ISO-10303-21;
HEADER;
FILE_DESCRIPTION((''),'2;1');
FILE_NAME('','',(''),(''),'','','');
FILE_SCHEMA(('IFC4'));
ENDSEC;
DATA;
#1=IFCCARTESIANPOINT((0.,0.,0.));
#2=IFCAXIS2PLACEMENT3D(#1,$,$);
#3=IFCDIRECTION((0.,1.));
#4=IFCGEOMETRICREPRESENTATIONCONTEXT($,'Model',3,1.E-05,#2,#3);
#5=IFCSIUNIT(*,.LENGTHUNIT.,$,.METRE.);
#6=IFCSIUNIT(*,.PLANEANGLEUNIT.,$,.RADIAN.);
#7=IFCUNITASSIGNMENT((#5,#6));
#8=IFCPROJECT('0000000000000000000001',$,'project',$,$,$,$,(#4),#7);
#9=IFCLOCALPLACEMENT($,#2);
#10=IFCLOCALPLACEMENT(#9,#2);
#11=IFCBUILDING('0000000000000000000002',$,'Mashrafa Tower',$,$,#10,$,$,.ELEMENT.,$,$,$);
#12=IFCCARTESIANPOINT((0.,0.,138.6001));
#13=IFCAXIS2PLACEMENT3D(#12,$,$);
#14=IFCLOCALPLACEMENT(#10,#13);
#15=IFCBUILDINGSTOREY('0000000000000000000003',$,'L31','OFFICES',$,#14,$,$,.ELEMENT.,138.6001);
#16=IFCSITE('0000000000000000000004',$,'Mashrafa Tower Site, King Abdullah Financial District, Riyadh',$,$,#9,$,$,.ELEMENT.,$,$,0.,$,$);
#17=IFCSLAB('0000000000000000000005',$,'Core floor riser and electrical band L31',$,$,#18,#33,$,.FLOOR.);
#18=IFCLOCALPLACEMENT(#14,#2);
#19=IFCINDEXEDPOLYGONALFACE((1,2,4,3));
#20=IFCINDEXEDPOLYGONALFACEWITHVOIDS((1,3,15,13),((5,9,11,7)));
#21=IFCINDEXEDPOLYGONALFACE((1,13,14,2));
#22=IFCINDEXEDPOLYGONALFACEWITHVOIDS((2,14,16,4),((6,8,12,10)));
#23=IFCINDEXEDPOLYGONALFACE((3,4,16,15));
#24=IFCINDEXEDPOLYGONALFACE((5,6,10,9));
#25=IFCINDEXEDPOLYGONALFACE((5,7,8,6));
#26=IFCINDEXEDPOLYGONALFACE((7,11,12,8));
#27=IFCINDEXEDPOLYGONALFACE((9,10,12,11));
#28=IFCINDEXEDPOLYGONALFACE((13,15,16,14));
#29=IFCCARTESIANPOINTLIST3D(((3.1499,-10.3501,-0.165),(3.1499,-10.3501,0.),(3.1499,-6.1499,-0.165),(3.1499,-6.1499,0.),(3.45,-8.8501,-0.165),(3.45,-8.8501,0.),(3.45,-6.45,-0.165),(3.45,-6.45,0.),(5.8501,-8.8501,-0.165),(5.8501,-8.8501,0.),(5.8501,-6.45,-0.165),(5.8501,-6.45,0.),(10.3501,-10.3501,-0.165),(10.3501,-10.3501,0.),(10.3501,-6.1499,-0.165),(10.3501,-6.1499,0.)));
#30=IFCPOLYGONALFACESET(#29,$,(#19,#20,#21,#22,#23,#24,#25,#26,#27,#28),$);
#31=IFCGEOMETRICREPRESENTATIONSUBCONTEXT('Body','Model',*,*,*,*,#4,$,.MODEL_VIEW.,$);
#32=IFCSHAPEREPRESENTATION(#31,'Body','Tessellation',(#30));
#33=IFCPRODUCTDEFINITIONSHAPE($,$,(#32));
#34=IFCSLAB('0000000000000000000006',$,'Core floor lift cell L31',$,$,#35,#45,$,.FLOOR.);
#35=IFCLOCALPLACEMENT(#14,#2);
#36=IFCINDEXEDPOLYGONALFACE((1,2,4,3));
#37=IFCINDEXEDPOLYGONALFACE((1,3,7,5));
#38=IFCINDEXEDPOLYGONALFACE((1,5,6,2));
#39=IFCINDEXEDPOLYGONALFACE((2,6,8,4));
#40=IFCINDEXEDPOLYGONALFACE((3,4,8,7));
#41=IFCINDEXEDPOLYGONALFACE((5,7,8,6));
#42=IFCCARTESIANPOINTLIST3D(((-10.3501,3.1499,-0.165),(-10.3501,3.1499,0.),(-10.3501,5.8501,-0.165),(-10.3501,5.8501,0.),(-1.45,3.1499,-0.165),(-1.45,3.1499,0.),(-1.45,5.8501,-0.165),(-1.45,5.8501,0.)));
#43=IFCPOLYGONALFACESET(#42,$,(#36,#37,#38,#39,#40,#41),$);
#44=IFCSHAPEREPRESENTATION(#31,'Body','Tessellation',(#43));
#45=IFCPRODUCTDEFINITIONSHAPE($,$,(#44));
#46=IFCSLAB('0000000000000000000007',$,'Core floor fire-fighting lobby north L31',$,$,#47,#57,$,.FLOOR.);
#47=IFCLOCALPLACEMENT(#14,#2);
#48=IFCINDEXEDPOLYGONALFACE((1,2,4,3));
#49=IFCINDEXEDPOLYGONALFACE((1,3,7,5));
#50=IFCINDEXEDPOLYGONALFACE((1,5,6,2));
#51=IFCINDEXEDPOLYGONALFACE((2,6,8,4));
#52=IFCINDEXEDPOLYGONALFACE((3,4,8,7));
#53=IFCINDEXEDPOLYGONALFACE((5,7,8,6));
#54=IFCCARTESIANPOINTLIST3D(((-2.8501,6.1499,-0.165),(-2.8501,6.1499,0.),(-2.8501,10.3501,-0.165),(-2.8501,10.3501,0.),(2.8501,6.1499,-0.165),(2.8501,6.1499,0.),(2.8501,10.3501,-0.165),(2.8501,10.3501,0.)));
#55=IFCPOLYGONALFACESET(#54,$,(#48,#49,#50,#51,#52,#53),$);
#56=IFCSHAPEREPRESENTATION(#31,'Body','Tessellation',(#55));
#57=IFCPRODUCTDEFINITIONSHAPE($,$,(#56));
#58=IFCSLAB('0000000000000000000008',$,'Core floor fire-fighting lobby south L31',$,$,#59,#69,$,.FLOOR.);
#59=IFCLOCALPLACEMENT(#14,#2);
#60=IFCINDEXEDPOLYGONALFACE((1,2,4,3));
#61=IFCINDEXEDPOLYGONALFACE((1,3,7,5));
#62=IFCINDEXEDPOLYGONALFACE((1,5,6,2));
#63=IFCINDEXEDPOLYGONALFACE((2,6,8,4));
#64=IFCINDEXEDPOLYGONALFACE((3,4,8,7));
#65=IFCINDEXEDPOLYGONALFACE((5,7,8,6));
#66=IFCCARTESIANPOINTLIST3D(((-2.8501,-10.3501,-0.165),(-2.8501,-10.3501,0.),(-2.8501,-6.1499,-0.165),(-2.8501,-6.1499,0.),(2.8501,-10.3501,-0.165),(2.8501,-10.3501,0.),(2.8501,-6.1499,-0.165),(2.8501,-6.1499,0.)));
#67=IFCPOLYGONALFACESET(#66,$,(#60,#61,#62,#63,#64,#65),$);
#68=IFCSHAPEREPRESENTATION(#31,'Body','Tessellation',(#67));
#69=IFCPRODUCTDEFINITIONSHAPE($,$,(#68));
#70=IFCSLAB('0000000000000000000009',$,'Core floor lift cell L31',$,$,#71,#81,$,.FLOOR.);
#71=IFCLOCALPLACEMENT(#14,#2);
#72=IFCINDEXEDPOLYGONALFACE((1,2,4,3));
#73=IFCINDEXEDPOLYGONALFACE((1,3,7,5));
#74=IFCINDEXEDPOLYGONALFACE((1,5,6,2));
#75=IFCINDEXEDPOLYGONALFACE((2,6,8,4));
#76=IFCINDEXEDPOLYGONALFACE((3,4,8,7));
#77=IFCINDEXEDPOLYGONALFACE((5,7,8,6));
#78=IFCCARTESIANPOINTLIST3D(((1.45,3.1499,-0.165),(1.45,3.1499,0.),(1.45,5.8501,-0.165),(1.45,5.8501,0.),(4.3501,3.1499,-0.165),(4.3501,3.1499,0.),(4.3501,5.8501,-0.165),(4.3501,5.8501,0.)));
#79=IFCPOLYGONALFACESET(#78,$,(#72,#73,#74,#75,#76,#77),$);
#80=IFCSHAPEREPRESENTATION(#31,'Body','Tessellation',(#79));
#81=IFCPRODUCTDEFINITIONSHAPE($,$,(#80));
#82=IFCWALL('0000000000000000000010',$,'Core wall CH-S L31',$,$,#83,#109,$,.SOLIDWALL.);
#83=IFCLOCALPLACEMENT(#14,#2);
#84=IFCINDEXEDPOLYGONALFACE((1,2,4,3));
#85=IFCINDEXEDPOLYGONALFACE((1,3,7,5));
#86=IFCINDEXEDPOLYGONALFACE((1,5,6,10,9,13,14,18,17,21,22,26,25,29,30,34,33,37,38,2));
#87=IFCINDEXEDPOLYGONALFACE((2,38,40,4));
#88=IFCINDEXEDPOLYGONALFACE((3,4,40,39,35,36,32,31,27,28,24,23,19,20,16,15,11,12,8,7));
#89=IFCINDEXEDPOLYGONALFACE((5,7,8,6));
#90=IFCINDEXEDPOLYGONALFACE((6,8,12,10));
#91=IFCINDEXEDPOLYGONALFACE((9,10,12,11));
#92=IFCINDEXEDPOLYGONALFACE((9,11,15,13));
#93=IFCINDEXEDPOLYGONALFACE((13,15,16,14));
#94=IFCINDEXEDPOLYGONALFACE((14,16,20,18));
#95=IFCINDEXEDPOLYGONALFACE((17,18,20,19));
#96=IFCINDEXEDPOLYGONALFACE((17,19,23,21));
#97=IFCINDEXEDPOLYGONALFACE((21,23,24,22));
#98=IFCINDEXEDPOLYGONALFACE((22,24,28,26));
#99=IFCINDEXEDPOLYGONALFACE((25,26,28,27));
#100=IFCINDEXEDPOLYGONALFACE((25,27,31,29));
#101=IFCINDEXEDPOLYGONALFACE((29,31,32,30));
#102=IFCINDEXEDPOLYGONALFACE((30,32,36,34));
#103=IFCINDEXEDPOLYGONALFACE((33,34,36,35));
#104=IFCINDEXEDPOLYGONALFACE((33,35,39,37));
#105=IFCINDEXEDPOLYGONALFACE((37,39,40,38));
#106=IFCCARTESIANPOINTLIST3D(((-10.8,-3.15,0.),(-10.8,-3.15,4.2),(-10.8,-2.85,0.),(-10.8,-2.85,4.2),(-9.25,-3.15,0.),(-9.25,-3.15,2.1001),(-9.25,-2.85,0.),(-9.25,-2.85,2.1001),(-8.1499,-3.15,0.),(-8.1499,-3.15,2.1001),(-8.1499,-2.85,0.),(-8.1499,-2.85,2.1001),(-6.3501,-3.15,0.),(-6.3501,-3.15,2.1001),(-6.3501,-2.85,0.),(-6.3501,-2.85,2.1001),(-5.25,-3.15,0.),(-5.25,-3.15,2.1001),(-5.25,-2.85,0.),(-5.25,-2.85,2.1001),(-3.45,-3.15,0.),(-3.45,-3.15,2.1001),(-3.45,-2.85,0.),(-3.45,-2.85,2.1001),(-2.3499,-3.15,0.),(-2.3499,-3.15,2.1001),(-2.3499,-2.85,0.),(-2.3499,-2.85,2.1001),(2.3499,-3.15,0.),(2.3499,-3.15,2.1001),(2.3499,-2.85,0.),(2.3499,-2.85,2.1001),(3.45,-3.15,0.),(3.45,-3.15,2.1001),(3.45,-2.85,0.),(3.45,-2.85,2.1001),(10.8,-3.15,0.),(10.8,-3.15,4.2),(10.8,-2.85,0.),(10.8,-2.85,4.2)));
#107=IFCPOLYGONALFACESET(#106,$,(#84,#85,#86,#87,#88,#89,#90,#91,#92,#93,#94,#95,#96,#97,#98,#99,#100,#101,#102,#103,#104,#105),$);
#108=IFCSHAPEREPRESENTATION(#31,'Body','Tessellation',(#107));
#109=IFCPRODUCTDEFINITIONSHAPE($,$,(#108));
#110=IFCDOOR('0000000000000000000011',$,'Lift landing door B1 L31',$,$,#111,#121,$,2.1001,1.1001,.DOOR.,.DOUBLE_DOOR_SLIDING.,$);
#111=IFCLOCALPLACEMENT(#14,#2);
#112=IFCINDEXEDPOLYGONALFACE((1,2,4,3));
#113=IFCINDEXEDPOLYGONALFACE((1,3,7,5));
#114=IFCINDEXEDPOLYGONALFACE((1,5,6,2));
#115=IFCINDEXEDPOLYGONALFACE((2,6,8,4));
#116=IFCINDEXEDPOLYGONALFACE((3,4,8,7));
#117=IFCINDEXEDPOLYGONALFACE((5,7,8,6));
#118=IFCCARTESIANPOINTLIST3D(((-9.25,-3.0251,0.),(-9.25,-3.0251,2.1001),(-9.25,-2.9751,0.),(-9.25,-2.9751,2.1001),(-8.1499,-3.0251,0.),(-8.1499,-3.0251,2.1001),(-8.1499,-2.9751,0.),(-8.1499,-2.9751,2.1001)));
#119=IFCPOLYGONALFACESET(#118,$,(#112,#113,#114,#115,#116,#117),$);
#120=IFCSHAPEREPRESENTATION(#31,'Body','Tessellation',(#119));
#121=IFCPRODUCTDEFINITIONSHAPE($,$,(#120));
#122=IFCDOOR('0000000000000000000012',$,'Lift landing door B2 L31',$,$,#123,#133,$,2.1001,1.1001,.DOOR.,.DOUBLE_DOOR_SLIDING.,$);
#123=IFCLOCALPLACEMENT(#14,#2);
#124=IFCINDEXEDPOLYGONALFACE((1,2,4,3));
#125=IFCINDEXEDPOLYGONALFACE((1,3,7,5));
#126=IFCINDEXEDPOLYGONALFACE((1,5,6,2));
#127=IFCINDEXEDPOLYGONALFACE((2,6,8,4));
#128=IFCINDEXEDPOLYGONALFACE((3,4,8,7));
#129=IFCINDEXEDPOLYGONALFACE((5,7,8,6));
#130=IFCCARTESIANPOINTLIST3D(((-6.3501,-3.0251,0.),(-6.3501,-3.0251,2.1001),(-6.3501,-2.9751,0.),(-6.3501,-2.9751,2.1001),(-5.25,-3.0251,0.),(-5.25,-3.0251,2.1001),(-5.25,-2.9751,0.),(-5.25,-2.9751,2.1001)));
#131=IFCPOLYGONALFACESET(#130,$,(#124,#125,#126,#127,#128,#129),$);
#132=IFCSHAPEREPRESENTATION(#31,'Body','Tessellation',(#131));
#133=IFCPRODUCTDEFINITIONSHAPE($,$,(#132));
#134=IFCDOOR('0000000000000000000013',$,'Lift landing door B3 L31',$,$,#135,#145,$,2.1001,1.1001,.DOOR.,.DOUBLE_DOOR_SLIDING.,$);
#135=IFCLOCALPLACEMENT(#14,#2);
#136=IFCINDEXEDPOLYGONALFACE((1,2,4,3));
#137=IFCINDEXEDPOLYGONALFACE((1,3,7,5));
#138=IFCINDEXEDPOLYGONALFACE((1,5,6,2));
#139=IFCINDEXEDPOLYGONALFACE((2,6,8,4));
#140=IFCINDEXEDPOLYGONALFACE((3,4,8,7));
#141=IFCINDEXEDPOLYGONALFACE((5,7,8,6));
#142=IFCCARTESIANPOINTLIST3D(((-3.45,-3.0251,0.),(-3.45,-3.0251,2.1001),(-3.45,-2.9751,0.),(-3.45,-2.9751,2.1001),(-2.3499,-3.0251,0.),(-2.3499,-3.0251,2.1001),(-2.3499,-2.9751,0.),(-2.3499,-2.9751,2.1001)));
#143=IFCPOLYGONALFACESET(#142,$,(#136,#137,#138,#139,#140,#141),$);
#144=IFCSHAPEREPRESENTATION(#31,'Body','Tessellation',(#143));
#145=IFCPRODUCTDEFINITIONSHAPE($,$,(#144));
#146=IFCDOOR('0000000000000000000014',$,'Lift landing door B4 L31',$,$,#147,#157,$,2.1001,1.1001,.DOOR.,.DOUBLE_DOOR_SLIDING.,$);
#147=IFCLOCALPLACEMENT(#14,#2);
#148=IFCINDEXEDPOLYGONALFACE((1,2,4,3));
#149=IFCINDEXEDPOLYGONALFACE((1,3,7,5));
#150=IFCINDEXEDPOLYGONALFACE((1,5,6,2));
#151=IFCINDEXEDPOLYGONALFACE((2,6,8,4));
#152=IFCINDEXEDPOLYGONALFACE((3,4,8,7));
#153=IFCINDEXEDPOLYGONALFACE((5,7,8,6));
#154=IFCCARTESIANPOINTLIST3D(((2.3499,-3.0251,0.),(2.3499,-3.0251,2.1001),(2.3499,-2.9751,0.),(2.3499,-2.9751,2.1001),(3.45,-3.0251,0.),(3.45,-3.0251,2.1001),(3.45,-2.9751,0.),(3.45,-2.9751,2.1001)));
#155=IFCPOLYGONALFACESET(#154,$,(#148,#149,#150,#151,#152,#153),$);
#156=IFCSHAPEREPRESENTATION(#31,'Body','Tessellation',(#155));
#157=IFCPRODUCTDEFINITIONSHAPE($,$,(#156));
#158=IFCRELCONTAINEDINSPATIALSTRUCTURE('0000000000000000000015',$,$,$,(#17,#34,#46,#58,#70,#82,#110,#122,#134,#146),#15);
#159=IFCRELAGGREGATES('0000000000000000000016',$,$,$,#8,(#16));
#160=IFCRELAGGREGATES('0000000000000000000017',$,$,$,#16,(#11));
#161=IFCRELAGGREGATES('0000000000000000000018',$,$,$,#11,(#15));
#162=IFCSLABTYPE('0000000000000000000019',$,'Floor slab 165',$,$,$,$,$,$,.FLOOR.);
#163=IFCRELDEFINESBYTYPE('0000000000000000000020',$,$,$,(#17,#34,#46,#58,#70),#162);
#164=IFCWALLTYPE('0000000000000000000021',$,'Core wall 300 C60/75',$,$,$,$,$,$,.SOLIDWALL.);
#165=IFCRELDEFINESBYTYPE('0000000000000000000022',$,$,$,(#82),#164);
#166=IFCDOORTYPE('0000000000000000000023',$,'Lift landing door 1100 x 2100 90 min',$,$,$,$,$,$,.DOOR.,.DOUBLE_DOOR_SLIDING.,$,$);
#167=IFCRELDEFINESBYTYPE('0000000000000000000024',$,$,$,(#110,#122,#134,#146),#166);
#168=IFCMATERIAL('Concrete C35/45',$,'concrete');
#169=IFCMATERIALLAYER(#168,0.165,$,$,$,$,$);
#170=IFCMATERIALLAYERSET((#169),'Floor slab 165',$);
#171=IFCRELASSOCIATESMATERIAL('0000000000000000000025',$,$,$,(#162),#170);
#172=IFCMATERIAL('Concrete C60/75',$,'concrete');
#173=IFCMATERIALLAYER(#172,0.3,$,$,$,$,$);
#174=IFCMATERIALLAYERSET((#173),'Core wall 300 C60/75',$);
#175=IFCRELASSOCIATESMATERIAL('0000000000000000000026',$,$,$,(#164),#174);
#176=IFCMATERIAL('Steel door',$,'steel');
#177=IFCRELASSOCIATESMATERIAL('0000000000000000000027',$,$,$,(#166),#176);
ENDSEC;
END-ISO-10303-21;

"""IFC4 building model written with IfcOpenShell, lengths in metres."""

from ifc_helpers import new_model, si_unit, direction, frame, frame_2d, origin, place, context, subcontext, project, spatial, polyline, rectangle, outline, extrude, material, layer, layer_set, type_object, element, fill, save


model = new_model("IFC4")

# Units and contexts
model_context = context("Model", 3, precision=1e-05, world=origin(), true_north=direction((0.0, 1.0)))
body_context = subcontext(model_context, "Body", "Model", "MODEL_VIEW")
ifc_project = project(units=[si_unit("LENGTHUNIT", "METRE"), si_unit("PLANEANGLEUNIT", "RADIAN")], contexts=[model_context])

# Site, building, storey
site_placement = place(None, origin())
site = spatial("IfcSite", under=ifc_project, at=site_placement, Name="Mashrafa Tower Site, King Abdullah Financial District, Riyadh", CompositionType="ELEMENT", RefElevation=0.0)
building_placement = place(site_placement, origin())
building = spatial("IfcBuilding", under=site, at=building_placement, Name="Mashrafa Tower", CompositionType="ELEMENT")
storey_placement = place(building_placement, frame((0.0, 0.0, 138.6001)))
storey = spatial("IfcBuildingStorey", under=building, at=storey_placement, Name="L31", Description="OFFICES", CompositionType="ELEMENT", Elevation=138.6001)

# Slabs
ifc_material_1 = material(Name="Concrete C35/45", Category="concrete")
ifc_layer_1 = layer(ifc_material_1, 0.165)
ifc_layer_set_1 = layer_set([ifc_layer_1], Name="Floor slab 165")
slab_type = type_object("IfcSlabType", Name="Floor slab 165", PredefinedType="FLOOR", material=ifc_layer_set_1)
slab_1_placement = place(storey_placement, frame((0.0, 0.0, -0.165)))
element("IfcSlab", 1, at=slab_1_placement, inside=storey, type_object=slab_type, Name="Core floor riser and electrical band L31", PredefinedType="FLOOR", context=body_context, shape_type="SweptSolid", body=[
    extrude(outline(polyline([(10.3501, -6.1499), (10.3501, -10.3501), (3.1499, -10.3501), (3.1499, -6.1499), (10.3501, -6.1499)]), holes=[polyline([(3.45, -8.8501), (5.8501, -8.8501), (5.8501, -6.45), (3.45, -6.45), (3.45, -8.8501)])]), origin(), (0.0, 0.0, 1.0), 0.165),
])
slab_2_placement = place(storey_placement, frame((0.0, 0.0, -0.165)))
element("IfcSlab", 2, at=slab_2_placement, inside=storey, type_object=slab_type, Name="Core floor lift cell L31", PredefinedType="FLOOR", context=body_context, shape_type="SweptSolid", body=[
    extrude(outline(polyline([(-1.45, 3.1499), (-10.3501, 3.1499), (-10.3501, 5.8501), (-1.45, 5.8501), (-1.45, 3.1499)])), origin(), (0.0, 0.0, 1.0), 0.165),
])
slab_3_placement = place(storey_placement, frame((0.0, 0.0, -0.165)))
element("IfcSlab", 3, at=slab_3_placement, inside=storey, type_object=slab_type, Name="Core floor fire-fighting lobby north L31", PredefinedType="FLOOR", context=body_context, shape_type="SweptSolid", body=[
    extrude(outline(polyline([(-2.8501, 10.3501), (2.8501, 10.3501), (2.8501, 6.1499), (-2.8501, 6.1499), (-2.8501, 10.3501)])), origin(), (0.0, 0.0, 1.0), 0.165),
])
slab_4_placement = place(storey_placement, frame((0.0, 0.0, -0.165)))
element("IfcSlab", 4, at=slab_4_placement, inside=storey, type_object=slab_type, Name="Core floor fire-fighting lobby south L31", PredefinedType="FLOOR", context=body_context, shape_type="SweptSolid", body=[
    extrude(outline(polyline([(2.8501, -6.1499), (2.8501, -10.3501), (-2.8501, -10.3501), (-2.8501, -6.1499), (2.8501, -6.1499)])), origin(), (0.0, 0.0, 1.0), 0.165),
])
slab_5_placement = place(storey_placement, frame((0.0, 0.0, -0.165)))
element("IfcSlab", 5, at=slab_5_placement, inside=storey, type_object=slab_type, Name="Core floor lift cell L31", PredefinedType="FLOOR", context=body_context, shape_type="SweptSolid", body=[
    extrude(outline(polyline([(4.3501, 5.8501), (4.3501, 3.1499), (1.45, 3.1499), (1.45, 5.8501), (4.3501, 5.8501)])), origin(), (0.0, 0.0, 1.0), 0.165),
])

# Wall, openings, doors
ifc_material_2 = material(Name="Concrete C60/75", Category="concrete")
ifc_layer_2 = layer(ifc_material_2, 0.3)
ifc_layer_set_2 = layer_set([ifc_layer_2], Name="Core wall 300 C60/75")
wall_type_1 = type_object("IfcWallType", Name="Core wall 300 C60/75", PredefinedType="SOLIDWALL", material=ifc_layer_set_2)
wall_1_placement = place(storey_placement, frame((-10.8, -3.0, 0.0), z_axis=(0.0, 0.0, 1.0), x_axis=(1.0, 0.0, 0.0)))
wall_1 = element("IfcWall", 6, at=wall_1_placement, inside=storey, type_object=wall_type_1, Name="Core wall CH-S L31", PredefinedType="SOLIDWALL", context=body_context, shape_type="SweptSolid", body=[
    extrude(rectangle(XDim=21.6001, YDim=0.3, at=frame_2d((10.8, 0.0))), origin(), (0.0, 0.0, 1.0), 4.2),
])
opening_1_placement = place(wall_1_placement, frame((1.55, 0.0, 0.0)))
opening_1 = element("IfcOpeningElement", 7, at=opening_1_placement, cuts=wall_1, PredefinedType="OPENING", context=body_context, shape_type="SweptSolid", body=[
    extrude(rectangle(XDim=1.1001, YDim=2.1001, at=frame_2d((0.55, 1.05))), frame((0.0, 0.1599, 0.0), z_axis=(0.0, -1.0, 0.0), x_axis=(1.0, 0.0, 0.0)), (0.0, 0.0, 1.0), 0.3201),
])
opening_2_placement = place(wall_1_placement, frame((4.45, 0.0, 0.0)))
opening_2 = element("IfcOpeningElement", 8, at=opening_2_placement, cuts=wall_1, PredefinedType="OPENING", context=body_context, shape_type="SweptSolid", body=[
    extrude(rectangle(XDim=1.1001, YDim=2.1001, at=frame_2d((0.55, 1.05))), frame((0.0, 0.1599, 0.0), z_axis=(0.0, -1.0, 0.0), x_axis=(1.0, 0.0, 0.0)), (0.0, 0.0, 1.0), 0.3201),
])
opening_3_placement = place(wall_1_placement, frame((7.3501, 0.0, 0.0)))
opening_3 = element("IfcOpeningElement", 9, at=opening_3_placement, cuts=wall_1, PredefinedType="OPENING", context=body_context, shape_type="SweptSolid", body=[
    extrude(rectangle(XDim=1.1001, YDim=2.1001, at=frame_2d((0.55, 1.05))), frame((0.0, 0.1599, 0.0), z_axis=(0.0, -1.0, 0.0), x_axis=(1.0, 0.0, 0.0)), (0.0, 0.0, 1.0), 0.3201),
])
opening_4_placement = place(wall_1_placement, frame((13.1499, 0.0, 0.0)))
opening_4 = element("IfcOpeningElement", 10, at=opening_4_placement, cuts=wall_1, PredefinedType="OPENING", context=body_context, shape_type="SweptSolid", body=[
    extrude(rectangle(XDim=1.1001, YDim=2.1001, at=frame_2d((0.55, 1.05))), frame((0.0, 0.1599, 0.0), z_axis=(0.0, -1.0, 0.0), x_axis=(1.0, 0.0, 0.0)), (0.0, 0.0, 1.0), 0.3201),
])
ifc_material_3 = material(Name="Steel door", Category="steel")
door_type_1 = type_object("IfcDoorType", Name="Lift landing door 1100 x 2100 90 min", OperationType="DOUBLE_DOOR_SLIDING", PredefinedType="DOOR", material=ifc_material_3)
door_1_placement = place(opening_1_placement, origin())
door_1 = element("IfcDoor", 11, at=door_1_placement, inside=storey, type_object=door_type_1, Name="Lift landing door B1 L31", OperationType="DOUBLE_DOOR_SLIDING", OverallHeight=2.1001, OverallWidth=1.1001, PredefinedType="DOOR", context=body_context, shape_type="SweptSolid", body=[
    extrude(rectangle(XDim=1.1001, YDim=2.1001, at=frame_2d((0.55, 1.05))), frame((0.0, 0.0249, 0.0), z_axis=(0.0, -1.0, 0.0), x_axis=(1.0, 0.0, 0.0)), (0.0, 0.0, 1.0), 0.05),
])
fill(opening_1, door_1)
door_2_placement = place(opening_2_placement, origin())
door_2 = element("IfcDoor", 12, at=door_2_placement, inside=storey, type_object=door_type_1, Name="Lift landing door B2 L31", OperationType="DOUBLE_DOOR_SLIDING", OverallHeight=2.1001, OverallWidth=1.1001, PredefinedType="DOOR", context=body_context, shape_type="SweptSolid", body=[
    extrude(rectangle(XDim=1.1001, YDim=2.1001, at=frame_2d((0.55, 1.05))), frame((0.0, 0.0249, 0.0), z_axis=(0.0, -1.0, 0.0), x_axis=(1.0, 0.0, 0.0)), (0.0, 0.0, 1.0), 0.05),
])
fill(opening_2, door_2)
door_3_placement = place(opening_3_placement, origin())
door_3 = element("IfcDoor", 13, at=door_3_placement, inside=storey, type_object=door_type_1, Name="Lift landing door B3 L31", OperationType="DOUBLE_DOOR_SLIDING", OverallHeight=2.1001, OverallWidth=1.1001, PredefinedType="DOOR", context=body_context, shape_type="SweptSolid", body=[
    extrude(rectangle(XDim=1.1001, YDim=2.1001, at=frame_2d((0.55, 1.05))), frame((0.0, 0.0249, 0.0), z_axis=(0.0, -1.0, 0.0), x_axis=(1.0, 0.0, 0.0)), (0.0, 0.0, 1.0), 0.05),
])
fill(opening_3, door_3)
door_4_placement = place(opening_4_placement, origin())
door_4 = element("IfcDoor", 14, at=door_4_placement, inside=storey, type_object=door_type_1, Name="Lift landing door B4 L31", OperationType="DOUBLE_DOOR_SLIDING", OverallHeight=2.1001, OverallWidth=1.1001, PredefinedType="DOOR", context=body_context, shape_type="SweptSolid", body=[
    extrude(rectangle(XDim=1.1001, YDim=2.1001, at=frame_2d((0.55, 1.05))), frame((0.0, 0.0249, 0.0), z_axis=(0.0, -1.0, 0.0), x_axis=(1.0, 0.0, 0.0)), (0.0, 0.0, 1.0), 0.05),
])
fill(opening_4, door_4)

save(model, "model.ifc")
